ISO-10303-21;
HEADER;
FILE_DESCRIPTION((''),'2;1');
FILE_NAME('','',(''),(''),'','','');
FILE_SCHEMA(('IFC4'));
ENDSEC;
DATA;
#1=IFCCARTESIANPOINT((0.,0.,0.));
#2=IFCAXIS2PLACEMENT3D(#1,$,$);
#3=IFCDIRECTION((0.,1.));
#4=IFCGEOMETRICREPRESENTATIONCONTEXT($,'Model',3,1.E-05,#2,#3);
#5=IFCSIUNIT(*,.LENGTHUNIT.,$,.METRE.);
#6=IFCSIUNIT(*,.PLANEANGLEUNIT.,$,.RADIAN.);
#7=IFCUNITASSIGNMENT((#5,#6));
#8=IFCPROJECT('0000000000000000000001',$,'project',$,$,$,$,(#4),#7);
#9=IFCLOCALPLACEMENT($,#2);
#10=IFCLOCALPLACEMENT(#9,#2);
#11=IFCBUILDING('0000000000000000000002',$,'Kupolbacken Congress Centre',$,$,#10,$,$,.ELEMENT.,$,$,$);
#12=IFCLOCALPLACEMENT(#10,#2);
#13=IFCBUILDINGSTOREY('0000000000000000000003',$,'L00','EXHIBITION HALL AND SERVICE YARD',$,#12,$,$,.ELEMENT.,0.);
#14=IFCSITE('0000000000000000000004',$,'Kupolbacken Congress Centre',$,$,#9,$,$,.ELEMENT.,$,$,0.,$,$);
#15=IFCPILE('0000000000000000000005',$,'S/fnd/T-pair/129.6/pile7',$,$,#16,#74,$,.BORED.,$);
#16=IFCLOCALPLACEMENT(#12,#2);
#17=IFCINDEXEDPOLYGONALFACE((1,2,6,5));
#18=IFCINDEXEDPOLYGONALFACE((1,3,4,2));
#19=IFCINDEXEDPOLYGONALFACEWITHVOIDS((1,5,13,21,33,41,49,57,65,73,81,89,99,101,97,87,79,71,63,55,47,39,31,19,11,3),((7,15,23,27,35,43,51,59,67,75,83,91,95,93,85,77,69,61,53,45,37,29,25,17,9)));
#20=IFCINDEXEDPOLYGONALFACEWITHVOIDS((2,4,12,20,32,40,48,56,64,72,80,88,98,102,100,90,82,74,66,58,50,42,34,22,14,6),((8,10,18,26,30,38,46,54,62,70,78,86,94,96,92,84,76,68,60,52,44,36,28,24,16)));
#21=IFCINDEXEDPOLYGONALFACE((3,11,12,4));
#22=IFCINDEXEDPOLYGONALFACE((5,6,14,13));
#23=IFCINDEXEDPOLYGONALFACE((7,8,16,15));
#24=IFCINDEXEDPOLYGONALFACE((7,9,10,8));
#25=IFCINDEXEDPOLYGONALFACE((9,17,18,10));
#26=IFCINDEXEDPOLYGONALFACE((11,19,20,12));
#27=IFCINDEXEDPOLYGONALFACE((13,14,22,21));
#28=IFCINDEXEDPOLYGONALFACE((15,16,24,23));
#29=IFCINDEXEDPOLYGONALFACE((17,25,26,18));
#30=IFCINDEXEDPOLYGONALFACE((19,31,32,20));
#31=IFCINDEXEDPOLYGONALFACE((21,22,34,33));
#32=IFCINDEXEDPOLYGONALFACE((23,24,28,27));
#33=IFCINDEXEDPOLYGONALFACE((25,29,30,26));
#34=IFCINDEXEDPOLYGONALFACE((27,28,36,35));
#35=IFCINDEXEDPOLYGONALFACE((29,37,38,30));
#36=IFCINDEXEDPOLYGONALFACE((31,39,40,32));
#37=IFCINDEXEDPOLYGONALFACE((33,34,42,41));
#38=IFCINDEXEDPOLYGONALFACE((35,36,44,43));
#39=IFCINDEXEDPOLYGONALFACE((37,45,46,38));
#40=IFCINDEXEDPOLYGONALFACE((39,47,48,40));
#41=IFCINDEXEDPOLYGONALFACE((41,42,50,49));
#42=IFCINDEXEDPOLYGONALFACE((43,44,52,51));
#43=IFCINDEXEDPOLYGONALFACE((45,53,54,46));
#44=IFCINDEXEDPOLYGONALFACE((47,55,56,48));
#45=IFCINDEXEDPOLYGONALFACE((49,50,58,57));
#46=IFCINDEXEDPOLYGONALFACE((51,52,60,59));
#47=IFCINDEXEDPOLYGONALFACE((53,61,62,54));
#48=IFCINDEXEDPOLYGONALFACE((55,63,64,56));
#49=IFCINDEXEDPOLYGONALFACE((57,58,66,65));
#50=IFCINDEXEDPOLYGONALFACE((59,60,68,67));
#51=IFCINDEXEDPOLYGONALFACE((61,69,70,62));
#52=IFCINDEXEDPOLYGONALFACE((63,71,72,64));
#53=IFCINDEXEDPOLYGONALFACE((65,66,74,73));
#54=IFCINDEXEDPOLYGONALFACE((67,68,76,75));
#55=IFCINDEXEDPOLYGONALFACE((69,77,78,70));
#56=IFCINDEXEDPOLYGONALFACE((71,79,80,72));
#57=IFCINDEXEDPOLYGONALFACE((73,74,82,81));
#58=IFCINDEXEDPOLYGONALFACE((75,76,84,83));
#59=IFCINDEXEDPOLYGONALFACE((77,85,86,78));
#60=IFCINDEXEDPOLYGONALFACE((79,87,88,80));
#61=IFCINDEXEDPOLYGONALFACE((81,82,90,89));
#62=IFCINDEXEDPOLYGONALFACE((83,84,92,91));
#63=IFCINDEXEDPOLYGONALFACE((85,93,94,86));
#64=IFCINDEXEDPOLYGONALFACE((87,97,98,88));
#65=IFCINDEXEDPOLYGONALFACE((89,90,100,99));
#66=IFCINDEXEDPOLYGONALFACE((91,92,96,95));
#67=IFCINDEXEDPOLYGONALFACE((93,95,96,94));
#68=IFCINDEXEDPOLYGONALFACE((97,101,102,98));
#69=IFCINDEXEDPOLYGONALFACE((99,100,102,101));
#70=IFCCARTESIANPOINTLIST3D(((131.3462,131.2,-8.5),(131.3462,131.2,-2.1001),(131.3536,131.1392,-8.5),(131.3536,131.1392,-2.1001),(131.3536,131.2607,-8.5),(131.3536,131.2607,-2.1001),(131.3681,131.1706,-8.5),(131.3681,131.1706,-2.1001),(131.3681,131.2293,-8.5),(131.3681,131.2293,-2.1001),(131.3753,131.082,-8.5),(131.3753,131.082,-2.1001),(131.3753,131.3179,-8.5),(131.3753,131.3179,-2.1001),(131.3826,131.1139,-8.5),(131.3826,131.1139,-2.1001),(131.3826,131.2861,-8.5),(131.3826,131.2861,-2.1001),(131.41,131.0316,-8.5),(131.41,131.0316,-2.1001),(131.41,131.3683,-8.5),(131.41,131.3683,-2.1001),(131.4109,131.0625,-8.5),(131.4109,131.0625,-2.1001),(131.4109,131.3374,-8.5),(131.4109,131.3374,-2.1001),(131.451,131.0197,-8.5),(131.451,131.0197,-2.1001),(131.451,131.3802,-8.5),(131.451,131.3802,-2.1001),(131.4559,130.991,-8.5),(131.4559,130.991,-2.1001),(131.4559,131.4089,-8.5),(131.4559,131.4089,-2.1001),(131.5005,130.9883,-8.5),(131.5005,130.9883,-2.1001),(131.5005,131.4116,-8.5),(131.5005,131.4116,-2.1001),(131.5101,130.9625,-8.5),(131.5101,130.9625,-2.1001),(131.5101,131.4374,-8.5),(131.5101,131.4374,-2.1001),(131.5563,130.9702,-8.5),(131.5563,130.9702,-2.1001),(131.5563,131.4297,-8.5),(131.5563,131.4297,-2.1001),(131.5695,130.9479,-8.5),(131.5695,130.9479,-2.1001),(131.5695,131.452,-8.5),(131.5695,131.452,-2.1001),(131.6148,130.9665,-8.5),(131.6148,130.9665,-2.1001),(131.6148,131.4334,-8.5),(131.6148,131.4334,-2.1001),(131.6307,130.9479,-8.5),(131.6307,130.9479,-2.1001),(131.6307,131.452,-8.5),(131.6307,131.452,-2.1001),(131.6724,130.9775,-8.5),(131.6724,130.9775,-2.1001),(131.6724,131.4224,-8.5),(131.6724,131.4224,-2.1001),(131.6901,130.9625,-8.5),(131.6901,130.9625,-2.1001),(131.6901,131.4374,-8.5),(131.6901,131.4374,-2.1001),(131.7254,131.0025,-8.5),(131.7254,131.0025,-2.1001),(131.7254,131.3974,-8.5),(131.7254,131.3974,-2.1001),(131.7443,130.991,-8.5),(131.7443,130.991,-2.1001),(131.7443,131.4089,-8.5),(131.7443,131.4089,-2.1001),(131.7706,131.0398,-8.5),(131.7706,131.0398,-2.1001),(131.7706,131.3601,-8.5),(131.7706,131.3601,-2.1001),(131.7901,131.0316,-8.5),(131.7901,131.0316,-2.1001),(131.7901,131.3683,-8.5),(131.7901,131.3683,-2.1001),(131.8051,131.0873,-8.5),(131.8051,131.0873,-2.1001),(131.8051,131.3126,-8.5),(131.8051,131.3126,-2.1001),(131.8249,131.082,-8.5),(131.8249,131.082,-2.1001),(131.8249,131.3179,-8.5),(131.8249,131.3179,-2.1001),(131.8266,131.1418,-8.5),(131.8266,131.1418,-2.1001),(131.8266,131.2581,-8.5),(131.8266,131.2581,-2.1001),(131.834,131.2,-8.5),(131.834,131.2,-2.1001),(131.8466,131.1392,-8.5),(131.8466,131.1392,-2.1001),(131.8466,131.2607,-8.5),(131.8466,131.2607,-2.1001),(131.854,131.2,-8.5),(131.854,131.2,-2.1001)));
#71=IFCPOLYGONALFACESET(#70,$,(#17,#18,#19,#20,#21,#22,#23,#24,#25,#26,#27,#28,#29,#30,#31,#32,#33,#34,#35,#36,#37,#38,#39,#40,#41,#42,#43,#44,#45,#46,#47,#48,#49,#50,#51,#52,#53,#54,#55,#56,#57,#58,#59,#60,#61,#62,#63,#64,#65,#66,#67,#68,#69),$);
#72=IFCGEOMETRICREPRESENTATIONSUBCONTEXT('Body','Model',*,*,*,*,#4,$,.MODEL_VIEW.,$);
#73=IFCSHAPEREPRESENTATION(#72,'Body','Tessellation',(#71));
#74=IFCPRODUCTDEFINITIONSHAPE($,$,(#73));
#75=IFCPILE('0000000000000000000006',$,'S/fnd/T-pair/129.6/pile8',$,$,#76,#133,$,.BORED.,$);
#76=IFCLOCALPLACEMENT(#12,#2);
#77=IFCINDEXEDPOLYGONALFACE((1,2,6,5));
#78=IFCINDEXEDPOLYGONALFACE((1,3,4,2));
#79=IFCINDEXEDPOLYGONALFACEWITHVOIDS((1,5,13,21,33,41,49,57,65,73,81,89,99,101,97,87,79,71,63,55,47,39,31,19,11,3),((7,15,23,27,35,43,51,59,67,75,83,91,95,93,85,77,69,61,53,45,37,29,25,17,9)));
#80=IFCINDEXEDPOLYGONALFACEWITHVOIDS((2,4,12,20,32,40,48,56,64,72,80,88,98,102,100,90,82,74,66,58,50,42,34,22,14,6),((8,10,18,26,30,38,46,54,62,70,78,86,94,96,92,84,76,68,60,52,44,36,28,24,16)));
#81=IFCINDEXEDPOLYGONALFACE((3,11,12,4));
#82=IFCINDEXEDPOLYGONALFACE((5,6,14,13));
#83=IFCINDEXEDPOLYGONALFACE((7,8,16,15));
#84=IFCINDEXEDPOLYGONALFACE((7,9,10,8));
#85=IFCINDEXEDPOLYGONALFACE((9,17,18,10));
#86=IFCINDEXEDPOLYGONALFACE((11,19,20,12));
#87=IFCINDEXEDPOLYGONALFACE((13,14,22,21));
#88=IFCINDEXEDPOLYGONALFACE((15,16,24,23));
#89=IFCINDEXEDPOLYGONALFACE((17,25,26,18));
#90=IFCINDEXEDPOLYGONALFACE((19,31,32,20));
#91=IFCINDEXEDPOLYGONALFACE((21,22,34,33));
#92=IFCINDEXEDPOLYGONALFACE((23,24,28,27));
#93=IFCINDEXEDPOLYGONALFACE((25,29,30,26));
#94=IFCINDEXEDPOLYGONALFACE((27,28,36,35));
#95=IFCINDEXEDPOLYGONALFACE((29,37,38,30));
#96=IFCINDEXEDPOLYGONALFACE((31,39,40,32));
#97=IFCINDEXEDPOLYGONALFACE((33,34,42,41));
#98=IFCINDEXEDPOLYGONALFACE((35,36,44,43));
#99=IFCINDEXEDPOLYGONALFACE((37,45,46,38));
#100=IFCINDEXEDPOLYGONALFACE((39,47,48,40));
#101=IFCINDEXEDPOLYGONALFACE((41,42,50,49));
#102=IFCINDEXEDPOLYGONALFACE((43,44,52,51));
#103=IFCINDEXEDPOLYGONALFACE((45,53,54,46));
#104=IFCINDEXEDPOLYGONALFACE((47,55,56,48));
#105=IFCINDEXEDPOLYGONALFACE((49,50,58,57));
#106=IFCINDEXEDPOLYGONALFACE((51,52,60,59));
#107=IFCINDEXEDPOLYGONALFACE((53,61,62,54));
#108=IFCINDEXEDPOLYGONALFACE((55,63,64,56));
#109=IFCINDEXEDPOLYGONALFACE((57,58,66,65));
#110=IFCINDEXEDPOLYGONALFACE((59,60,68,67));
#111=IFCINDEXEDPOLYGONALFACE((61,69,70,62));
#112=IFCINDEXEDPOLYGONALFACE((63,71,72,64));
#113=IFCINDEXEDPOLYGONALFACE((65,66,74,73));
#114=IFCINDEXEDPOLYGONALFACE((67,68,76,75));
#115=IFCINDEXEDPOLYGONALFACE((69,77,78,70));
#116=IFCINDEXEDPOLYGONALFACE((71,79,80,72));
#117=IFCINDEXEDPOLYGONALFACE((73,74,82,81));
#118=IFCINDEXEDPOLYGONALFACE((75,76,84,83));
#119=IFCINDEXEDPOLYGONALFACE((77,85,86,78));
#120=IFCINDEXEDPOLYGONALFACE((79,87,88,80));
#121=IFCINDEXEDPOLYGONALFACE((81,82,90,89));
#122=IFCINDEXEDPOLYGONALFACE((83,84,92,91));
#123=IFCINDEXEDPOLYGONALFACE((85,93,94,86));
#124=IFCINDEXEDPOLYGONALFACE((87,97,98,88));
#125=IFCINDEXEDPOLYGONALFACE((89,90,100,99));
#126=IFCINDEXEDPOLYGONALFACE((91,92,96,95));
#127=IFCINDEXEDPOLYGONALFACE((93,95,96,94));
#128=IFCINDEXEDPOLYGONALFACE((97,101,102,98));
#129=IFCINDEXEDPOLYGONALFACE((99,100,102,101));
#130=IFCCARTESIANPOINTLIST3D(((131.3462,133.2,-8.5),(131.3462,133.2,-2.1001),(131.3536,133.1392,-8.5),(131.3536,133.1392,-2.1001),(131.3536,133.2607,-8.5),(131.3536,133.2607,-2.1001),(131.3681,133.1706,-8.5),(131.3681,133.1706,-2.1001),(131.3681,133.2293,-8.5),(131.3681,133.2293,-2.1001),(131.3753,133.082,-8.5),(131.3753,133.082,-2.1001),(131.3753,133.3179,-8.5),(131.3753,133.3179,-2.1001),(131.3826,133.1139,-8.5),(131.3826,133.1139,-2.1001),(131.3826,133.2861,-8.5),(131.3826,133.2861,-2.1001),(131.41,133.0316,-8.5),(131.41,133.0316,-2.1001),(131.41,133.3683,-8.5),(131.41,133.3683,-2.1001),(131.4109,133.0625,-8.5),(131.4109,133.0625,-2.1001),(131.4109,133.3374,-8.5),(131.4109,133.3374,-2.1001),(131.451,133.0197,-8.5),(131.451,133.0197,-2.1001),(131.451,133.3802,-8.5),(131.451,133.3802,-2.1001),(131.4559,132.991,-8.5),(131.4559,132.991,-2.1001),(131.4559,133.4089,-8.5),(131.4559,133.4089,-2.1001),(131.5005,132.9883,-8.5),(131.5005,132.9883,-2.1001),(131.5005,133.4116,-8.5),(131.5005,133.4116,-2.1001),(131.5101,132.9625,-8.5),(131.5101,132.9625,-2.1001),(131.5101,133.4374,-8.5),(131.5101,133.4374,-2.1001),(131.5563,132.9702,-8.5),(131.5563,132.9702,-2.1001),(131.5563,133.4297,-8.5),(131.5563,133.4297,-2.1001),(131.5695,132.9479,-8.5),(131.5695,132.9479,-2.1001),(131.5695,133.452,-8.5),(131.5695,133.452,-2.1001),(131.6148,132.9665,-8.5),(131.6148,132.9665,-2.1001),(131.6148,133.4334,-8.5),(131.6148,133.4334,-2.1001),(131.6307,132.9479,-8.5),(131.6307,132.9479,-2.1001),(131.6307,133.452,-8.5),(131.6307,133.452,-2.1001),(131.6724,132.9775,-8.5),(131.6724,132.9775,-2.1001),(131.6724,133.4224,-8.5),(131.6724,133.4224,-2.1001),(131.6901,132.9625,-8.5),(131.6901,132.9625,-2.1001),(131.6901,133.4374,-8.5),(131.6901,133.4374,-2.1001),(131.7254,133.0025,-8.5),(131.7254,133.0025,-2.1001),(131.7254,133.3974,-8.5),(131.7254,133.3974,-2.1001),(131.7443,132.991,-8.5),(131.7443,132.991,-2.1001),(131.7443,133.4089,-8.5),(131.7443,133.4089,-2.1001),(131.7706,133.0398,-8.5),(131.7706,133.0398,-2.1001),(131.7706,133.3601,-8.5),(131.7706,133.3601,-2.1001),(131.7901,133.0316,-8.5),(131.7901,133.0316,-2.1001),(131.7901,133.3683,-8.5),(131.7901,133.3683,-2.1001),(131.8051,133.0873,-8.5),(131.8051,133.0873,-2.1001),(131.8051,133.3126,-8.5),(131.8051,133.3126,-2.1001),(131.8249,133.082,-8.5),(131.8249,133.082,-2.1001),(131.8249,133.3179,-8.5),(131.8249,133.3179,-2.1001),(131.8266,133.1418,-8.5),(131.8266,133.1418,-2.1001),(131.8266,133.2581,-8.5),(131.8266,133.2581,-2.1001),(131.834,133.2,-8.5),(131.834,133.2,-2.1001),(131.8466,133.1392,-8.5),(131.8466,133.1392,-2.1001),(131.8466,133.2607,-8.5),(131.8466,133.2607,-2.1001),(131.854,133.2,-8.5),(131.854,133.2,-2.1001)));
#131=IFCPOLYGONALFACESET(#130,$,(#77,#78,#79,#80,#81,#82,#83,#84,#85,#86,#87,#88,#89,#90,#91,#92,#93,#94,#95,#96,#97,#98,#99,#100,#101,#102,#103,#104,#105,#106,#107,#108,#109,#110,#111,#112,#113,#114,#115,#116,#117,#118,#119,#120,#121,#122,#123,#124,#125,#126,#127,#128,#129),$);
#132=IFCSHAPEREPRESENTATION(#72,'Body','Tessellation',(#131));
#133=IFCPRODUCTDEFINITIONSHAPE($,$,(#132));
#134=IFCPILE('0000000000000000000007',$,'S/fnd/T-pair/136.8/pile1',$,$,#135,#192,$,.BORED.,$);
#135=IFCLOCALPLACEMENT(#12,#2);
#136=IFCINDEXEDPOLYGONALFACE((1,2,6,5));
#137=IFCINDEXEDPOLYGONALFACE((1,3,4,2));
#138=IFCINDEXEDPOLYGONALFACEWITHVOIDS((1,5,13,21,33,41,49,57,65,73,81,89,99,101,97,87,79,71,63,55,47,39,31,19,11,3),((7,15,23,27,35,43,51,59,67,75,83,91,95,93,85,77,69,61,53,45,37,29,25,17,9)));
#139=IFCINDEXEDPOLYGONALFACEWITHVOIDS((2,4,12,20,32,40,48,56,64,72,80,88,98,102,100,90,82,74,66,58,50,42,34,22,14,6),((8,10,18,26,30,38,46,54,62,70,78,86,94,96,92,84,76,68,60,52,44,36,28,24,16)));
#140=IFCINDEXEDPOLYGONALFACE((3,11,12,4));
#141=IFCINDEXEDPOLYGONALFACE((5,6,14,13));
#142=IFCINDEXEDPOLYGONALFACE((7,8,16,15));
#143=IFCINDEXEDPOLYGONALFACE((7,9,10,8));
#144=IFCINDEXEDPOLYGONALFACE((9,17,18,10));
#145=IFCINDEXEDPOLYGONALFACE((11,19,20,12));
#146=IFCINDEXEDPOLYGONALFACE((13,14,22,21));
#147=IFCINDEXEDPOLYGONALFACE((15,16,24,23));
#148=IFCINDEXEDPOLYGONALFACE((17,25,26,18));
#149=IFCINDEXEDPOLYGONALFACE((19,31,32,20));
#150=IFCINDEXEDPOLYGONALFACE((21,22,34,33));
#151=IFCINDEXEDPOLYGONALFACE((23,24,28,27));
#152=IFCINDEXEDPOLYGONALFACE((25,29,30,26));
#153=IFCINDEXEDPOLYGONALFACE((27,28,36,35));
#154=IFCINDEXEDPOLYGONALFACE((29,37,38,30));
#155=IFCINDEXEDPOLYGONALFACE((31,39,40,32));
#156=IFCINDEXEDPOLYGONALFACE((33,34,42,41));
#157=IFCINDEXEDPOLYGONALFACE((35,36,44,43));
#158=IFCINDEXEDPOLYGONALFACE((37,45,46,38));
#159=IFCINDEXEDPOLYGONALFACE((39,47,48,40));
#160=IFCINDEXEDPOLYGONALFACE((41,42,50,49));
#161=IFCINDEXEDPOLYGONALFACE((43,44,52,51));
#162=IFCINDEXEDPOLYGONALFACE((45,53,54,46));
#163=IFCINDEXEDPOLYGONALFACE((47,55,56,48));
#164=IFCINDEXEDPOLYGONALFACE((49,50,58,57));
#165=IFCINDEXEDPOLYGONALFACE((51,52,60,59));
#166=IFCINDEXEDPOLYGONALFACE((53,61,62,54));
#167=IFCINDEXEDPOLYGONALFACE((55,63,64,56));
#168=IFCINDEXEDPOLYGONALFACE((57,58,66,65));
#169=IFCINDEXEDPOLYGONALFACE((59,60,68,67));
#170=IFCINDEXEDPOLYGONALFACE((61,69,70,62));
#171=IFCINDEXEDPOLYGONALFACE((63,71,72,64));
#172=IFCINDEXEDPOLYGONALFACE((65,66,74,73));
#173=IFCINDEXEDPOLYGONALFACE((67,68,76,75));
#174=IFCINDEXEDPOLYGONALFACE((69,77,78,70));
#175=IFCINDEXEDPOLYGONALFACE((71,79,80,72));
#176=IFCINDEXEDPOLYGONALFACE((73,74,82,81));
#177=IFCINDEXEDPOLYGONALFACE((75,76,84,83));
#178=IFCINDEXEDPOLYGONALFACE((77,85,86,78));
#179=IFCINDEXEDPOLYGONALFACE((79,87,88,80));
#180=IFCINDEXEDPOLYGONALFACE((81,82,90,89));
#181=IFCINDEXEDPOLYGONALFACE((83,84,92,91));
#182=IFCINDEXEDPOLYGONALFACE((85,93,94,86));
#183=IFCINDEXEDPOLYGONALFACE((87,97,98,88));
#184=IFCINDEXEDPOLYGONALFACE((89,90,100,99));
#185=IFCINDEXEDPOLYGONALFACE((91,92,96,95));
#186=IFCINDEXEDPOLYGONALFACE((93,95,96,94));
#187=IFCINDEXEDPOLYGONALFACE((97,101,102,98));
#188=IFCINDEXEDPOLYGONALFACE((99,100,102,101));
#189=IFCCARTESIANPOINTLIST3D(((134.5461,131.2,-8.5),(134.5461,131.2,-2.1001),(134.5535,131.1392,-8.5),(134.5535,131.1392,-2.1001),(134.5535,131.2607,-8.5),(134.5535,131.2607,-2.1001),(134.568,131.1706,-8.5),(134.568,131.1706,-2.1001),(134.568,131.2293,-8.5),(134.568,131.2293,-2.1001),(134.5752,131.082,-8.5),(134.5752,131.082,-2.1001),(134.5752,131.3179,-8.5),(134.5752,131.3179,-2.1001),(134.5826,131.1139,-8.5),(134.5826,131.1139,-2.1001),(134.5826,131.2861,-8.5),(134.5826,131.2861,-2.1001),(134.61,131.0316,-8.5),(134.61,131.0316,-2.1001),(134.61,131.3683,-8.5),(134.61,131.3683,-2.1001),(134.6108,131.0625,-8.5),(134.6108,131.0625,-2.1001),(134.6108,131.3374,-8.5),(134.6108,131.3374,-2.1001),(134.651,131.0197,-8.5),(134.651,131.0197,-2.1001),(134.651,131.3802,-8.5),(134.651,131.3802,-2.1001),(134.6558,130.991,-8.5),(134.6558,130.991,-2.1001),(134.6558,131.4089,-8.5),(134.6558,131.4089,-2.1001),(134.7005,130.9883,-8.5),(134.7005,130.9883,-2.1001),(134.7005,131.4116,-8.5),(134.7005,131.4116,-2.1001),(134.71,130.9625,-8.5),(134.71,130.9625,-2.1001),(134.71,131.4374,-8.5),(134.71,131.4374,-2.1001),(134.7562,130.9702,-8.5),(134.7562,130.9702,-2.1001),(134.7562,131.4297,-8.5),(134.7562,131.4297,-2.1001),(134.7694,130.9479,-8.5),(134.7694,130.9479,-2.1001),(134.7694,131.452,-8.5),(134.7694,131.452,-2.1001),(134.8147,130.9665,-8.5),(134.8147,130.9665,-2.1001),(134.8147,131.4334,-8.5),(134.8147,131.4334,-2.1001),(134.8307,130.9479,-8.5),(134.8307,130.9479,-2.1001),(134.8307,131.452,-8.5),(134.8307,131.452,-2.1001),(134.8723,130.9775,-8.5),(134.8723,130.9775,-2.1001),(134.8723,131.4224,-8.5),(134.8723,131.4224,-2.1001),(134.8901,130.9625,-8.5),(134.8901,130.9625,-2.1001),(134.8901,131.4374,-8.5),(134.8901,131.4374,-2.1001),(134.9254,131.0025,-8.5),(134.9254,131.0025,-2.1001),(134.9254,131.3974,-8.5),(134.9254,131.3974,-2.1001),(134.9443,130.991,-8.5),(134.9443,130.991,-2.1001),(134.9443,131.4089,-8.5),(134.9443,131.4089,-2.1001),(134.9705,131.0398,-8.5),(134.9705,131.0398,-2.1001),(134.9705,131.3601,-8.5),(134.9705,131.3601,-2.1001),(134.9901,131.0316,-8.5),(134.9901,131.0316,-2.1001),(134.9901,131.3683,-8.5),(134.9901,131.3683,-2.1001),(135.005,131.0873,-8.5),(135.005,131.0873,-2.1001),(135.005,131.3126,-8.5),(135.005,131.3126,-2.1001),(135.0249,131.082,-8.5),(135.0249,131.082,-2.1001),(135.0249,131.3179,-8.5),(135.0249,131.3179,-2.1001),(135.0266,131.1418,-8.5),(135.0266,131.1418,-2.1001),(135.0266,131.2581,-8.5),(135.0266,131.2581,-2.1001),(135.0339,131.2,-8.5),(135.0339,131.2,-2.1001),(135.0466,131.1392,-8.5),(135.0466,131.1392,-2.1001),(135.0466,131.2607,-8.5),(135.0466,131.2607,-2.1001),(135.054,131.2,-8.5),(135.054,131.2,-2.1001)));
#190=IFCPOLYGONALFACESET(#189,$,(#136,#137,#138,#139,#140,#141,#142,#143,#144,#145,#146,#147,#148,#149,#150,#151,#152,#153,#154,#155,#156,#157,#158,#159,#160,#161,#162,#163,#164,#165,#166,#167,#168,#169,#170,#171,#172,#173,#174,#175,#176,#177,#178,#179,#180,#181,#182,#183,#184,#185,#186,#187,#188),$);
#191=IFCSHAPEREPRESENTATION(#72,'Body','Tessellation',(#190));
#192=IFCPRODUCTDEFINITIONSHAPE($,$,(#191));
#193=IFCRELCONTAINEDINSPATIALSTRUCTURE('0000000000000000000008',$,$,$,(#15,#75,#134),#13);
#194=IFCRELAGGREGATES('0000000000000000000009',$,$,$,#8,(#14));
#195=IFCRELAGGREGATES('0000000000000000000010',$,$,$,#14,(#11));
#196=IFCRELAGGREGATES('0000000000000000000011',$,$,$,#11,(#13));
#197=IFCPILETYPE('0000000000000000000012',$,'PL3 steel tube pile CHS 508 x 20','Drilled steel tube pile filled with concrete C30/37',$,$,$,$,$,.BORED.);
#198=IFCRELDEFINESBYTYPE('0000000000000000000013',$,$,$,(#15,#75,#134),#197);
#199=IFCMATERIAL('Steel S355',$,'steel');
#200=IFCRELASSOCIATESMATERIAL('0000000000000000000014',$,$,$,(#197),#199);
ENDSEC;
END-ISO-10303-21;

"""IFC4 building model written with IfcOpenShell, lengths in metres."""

from ifc_helpers import new_model, si_unit, direction, frame, origin, origin_2d, place, context, subcontext, project, spatial, hollow_circle, extrude, material, material_profile, profile_set, type_object, element, save


model = new_model("IFC4")

# Units and contexts
model_context = context("Model", 3, precision=1e-05, world=origin(), true_north=direction((0.0, 1.0)))
body_context = subcontext(model_context, "Body", "Model", "MODEL_VIEW")
ifc_project = project(units=[si_unit("LENGTHUNIT", "METRE"), si_unit("PLANEANGLEUNIT", "RADIAN")], contexts=[model_context])

# Site, building, storey
site_placement = place(None, origin())
site = spatial("IfcSite", under=ifc_project, at=site_placement, Name="Kupolbacken Congress Centre", CompositionType="ELEMENT", RefElevation=0.0)
building_placement = place(site_placement, origin())
building = spatial("IfcBuilding", under=site, at=building_placement, Name="Kupolbacken Congress Centre", CompositionType="ELEMENT")
storey_placement = place(building_placement, origin())
storey = spatial("IfcBuildingStorey", under=building, at=storey_placement, Name="L00", Description="EXHIBITION HALL AND SERVICE YARD", CompositionType="ELEMENT", Elevation=0.0)

# Piles
ifc_material_1 = material(Name="Steel S355", Category="steel")
ifc_material_profile_1 = material_profile(ifc_material_1, hollow_circle(Radius=0.2539, WallThickness=0.02, at=origin_2d()), Name="CHS 508 x 20")
ifc_profile_set_1 = profile_set([ifc_material_profile_1], Name="Steel S355")
pile_type = type_object("IfcPileType", Name="PL3 steel tube pile CHS 508 x 20", Description="Drilled steel tube pile filled with concrete C30/37", PredefinedType="BORED", material=ifc_profile_set_1)
for number, where, z_axis, x_axis, name in (
    (1, (131.6001, 131.2, -2.1001), (0.0, 0.0, -1.0), (1.0, 0.0, 0.0), "S/fnd/T-pair/129.6/pile7"),
    (2, (131.6001, 133.2, -2.1001), (0.0, 0.0, -1.0), (1.0, 0.0, 0.0), "S/fnd/T-pair/129.6/pile8"),
    (3, (134.8, 131.2, -2.1001), (0.0, 0.0, -1.0), (1.0, 0.0, 0.0), "S/fnd/T-pair/136.8/pile1"),
):
    element("IfcPile", number, at=place(storey_placement, frame(where, z_axis=z_axis, x_axis=x_axis)), inside=storey, type_object=pile_type, Name=name, PredefinedType="BORED", context=body_context, shape_type="SweptSolid", body=[
        extrude(hollow_circle(Radius=0.2539, WallThickness=0.02, at=origin_2d()), origin(), (0.0, 0.0, 1.0), 6.3999),
    ])

save(model, "model.ifc")
